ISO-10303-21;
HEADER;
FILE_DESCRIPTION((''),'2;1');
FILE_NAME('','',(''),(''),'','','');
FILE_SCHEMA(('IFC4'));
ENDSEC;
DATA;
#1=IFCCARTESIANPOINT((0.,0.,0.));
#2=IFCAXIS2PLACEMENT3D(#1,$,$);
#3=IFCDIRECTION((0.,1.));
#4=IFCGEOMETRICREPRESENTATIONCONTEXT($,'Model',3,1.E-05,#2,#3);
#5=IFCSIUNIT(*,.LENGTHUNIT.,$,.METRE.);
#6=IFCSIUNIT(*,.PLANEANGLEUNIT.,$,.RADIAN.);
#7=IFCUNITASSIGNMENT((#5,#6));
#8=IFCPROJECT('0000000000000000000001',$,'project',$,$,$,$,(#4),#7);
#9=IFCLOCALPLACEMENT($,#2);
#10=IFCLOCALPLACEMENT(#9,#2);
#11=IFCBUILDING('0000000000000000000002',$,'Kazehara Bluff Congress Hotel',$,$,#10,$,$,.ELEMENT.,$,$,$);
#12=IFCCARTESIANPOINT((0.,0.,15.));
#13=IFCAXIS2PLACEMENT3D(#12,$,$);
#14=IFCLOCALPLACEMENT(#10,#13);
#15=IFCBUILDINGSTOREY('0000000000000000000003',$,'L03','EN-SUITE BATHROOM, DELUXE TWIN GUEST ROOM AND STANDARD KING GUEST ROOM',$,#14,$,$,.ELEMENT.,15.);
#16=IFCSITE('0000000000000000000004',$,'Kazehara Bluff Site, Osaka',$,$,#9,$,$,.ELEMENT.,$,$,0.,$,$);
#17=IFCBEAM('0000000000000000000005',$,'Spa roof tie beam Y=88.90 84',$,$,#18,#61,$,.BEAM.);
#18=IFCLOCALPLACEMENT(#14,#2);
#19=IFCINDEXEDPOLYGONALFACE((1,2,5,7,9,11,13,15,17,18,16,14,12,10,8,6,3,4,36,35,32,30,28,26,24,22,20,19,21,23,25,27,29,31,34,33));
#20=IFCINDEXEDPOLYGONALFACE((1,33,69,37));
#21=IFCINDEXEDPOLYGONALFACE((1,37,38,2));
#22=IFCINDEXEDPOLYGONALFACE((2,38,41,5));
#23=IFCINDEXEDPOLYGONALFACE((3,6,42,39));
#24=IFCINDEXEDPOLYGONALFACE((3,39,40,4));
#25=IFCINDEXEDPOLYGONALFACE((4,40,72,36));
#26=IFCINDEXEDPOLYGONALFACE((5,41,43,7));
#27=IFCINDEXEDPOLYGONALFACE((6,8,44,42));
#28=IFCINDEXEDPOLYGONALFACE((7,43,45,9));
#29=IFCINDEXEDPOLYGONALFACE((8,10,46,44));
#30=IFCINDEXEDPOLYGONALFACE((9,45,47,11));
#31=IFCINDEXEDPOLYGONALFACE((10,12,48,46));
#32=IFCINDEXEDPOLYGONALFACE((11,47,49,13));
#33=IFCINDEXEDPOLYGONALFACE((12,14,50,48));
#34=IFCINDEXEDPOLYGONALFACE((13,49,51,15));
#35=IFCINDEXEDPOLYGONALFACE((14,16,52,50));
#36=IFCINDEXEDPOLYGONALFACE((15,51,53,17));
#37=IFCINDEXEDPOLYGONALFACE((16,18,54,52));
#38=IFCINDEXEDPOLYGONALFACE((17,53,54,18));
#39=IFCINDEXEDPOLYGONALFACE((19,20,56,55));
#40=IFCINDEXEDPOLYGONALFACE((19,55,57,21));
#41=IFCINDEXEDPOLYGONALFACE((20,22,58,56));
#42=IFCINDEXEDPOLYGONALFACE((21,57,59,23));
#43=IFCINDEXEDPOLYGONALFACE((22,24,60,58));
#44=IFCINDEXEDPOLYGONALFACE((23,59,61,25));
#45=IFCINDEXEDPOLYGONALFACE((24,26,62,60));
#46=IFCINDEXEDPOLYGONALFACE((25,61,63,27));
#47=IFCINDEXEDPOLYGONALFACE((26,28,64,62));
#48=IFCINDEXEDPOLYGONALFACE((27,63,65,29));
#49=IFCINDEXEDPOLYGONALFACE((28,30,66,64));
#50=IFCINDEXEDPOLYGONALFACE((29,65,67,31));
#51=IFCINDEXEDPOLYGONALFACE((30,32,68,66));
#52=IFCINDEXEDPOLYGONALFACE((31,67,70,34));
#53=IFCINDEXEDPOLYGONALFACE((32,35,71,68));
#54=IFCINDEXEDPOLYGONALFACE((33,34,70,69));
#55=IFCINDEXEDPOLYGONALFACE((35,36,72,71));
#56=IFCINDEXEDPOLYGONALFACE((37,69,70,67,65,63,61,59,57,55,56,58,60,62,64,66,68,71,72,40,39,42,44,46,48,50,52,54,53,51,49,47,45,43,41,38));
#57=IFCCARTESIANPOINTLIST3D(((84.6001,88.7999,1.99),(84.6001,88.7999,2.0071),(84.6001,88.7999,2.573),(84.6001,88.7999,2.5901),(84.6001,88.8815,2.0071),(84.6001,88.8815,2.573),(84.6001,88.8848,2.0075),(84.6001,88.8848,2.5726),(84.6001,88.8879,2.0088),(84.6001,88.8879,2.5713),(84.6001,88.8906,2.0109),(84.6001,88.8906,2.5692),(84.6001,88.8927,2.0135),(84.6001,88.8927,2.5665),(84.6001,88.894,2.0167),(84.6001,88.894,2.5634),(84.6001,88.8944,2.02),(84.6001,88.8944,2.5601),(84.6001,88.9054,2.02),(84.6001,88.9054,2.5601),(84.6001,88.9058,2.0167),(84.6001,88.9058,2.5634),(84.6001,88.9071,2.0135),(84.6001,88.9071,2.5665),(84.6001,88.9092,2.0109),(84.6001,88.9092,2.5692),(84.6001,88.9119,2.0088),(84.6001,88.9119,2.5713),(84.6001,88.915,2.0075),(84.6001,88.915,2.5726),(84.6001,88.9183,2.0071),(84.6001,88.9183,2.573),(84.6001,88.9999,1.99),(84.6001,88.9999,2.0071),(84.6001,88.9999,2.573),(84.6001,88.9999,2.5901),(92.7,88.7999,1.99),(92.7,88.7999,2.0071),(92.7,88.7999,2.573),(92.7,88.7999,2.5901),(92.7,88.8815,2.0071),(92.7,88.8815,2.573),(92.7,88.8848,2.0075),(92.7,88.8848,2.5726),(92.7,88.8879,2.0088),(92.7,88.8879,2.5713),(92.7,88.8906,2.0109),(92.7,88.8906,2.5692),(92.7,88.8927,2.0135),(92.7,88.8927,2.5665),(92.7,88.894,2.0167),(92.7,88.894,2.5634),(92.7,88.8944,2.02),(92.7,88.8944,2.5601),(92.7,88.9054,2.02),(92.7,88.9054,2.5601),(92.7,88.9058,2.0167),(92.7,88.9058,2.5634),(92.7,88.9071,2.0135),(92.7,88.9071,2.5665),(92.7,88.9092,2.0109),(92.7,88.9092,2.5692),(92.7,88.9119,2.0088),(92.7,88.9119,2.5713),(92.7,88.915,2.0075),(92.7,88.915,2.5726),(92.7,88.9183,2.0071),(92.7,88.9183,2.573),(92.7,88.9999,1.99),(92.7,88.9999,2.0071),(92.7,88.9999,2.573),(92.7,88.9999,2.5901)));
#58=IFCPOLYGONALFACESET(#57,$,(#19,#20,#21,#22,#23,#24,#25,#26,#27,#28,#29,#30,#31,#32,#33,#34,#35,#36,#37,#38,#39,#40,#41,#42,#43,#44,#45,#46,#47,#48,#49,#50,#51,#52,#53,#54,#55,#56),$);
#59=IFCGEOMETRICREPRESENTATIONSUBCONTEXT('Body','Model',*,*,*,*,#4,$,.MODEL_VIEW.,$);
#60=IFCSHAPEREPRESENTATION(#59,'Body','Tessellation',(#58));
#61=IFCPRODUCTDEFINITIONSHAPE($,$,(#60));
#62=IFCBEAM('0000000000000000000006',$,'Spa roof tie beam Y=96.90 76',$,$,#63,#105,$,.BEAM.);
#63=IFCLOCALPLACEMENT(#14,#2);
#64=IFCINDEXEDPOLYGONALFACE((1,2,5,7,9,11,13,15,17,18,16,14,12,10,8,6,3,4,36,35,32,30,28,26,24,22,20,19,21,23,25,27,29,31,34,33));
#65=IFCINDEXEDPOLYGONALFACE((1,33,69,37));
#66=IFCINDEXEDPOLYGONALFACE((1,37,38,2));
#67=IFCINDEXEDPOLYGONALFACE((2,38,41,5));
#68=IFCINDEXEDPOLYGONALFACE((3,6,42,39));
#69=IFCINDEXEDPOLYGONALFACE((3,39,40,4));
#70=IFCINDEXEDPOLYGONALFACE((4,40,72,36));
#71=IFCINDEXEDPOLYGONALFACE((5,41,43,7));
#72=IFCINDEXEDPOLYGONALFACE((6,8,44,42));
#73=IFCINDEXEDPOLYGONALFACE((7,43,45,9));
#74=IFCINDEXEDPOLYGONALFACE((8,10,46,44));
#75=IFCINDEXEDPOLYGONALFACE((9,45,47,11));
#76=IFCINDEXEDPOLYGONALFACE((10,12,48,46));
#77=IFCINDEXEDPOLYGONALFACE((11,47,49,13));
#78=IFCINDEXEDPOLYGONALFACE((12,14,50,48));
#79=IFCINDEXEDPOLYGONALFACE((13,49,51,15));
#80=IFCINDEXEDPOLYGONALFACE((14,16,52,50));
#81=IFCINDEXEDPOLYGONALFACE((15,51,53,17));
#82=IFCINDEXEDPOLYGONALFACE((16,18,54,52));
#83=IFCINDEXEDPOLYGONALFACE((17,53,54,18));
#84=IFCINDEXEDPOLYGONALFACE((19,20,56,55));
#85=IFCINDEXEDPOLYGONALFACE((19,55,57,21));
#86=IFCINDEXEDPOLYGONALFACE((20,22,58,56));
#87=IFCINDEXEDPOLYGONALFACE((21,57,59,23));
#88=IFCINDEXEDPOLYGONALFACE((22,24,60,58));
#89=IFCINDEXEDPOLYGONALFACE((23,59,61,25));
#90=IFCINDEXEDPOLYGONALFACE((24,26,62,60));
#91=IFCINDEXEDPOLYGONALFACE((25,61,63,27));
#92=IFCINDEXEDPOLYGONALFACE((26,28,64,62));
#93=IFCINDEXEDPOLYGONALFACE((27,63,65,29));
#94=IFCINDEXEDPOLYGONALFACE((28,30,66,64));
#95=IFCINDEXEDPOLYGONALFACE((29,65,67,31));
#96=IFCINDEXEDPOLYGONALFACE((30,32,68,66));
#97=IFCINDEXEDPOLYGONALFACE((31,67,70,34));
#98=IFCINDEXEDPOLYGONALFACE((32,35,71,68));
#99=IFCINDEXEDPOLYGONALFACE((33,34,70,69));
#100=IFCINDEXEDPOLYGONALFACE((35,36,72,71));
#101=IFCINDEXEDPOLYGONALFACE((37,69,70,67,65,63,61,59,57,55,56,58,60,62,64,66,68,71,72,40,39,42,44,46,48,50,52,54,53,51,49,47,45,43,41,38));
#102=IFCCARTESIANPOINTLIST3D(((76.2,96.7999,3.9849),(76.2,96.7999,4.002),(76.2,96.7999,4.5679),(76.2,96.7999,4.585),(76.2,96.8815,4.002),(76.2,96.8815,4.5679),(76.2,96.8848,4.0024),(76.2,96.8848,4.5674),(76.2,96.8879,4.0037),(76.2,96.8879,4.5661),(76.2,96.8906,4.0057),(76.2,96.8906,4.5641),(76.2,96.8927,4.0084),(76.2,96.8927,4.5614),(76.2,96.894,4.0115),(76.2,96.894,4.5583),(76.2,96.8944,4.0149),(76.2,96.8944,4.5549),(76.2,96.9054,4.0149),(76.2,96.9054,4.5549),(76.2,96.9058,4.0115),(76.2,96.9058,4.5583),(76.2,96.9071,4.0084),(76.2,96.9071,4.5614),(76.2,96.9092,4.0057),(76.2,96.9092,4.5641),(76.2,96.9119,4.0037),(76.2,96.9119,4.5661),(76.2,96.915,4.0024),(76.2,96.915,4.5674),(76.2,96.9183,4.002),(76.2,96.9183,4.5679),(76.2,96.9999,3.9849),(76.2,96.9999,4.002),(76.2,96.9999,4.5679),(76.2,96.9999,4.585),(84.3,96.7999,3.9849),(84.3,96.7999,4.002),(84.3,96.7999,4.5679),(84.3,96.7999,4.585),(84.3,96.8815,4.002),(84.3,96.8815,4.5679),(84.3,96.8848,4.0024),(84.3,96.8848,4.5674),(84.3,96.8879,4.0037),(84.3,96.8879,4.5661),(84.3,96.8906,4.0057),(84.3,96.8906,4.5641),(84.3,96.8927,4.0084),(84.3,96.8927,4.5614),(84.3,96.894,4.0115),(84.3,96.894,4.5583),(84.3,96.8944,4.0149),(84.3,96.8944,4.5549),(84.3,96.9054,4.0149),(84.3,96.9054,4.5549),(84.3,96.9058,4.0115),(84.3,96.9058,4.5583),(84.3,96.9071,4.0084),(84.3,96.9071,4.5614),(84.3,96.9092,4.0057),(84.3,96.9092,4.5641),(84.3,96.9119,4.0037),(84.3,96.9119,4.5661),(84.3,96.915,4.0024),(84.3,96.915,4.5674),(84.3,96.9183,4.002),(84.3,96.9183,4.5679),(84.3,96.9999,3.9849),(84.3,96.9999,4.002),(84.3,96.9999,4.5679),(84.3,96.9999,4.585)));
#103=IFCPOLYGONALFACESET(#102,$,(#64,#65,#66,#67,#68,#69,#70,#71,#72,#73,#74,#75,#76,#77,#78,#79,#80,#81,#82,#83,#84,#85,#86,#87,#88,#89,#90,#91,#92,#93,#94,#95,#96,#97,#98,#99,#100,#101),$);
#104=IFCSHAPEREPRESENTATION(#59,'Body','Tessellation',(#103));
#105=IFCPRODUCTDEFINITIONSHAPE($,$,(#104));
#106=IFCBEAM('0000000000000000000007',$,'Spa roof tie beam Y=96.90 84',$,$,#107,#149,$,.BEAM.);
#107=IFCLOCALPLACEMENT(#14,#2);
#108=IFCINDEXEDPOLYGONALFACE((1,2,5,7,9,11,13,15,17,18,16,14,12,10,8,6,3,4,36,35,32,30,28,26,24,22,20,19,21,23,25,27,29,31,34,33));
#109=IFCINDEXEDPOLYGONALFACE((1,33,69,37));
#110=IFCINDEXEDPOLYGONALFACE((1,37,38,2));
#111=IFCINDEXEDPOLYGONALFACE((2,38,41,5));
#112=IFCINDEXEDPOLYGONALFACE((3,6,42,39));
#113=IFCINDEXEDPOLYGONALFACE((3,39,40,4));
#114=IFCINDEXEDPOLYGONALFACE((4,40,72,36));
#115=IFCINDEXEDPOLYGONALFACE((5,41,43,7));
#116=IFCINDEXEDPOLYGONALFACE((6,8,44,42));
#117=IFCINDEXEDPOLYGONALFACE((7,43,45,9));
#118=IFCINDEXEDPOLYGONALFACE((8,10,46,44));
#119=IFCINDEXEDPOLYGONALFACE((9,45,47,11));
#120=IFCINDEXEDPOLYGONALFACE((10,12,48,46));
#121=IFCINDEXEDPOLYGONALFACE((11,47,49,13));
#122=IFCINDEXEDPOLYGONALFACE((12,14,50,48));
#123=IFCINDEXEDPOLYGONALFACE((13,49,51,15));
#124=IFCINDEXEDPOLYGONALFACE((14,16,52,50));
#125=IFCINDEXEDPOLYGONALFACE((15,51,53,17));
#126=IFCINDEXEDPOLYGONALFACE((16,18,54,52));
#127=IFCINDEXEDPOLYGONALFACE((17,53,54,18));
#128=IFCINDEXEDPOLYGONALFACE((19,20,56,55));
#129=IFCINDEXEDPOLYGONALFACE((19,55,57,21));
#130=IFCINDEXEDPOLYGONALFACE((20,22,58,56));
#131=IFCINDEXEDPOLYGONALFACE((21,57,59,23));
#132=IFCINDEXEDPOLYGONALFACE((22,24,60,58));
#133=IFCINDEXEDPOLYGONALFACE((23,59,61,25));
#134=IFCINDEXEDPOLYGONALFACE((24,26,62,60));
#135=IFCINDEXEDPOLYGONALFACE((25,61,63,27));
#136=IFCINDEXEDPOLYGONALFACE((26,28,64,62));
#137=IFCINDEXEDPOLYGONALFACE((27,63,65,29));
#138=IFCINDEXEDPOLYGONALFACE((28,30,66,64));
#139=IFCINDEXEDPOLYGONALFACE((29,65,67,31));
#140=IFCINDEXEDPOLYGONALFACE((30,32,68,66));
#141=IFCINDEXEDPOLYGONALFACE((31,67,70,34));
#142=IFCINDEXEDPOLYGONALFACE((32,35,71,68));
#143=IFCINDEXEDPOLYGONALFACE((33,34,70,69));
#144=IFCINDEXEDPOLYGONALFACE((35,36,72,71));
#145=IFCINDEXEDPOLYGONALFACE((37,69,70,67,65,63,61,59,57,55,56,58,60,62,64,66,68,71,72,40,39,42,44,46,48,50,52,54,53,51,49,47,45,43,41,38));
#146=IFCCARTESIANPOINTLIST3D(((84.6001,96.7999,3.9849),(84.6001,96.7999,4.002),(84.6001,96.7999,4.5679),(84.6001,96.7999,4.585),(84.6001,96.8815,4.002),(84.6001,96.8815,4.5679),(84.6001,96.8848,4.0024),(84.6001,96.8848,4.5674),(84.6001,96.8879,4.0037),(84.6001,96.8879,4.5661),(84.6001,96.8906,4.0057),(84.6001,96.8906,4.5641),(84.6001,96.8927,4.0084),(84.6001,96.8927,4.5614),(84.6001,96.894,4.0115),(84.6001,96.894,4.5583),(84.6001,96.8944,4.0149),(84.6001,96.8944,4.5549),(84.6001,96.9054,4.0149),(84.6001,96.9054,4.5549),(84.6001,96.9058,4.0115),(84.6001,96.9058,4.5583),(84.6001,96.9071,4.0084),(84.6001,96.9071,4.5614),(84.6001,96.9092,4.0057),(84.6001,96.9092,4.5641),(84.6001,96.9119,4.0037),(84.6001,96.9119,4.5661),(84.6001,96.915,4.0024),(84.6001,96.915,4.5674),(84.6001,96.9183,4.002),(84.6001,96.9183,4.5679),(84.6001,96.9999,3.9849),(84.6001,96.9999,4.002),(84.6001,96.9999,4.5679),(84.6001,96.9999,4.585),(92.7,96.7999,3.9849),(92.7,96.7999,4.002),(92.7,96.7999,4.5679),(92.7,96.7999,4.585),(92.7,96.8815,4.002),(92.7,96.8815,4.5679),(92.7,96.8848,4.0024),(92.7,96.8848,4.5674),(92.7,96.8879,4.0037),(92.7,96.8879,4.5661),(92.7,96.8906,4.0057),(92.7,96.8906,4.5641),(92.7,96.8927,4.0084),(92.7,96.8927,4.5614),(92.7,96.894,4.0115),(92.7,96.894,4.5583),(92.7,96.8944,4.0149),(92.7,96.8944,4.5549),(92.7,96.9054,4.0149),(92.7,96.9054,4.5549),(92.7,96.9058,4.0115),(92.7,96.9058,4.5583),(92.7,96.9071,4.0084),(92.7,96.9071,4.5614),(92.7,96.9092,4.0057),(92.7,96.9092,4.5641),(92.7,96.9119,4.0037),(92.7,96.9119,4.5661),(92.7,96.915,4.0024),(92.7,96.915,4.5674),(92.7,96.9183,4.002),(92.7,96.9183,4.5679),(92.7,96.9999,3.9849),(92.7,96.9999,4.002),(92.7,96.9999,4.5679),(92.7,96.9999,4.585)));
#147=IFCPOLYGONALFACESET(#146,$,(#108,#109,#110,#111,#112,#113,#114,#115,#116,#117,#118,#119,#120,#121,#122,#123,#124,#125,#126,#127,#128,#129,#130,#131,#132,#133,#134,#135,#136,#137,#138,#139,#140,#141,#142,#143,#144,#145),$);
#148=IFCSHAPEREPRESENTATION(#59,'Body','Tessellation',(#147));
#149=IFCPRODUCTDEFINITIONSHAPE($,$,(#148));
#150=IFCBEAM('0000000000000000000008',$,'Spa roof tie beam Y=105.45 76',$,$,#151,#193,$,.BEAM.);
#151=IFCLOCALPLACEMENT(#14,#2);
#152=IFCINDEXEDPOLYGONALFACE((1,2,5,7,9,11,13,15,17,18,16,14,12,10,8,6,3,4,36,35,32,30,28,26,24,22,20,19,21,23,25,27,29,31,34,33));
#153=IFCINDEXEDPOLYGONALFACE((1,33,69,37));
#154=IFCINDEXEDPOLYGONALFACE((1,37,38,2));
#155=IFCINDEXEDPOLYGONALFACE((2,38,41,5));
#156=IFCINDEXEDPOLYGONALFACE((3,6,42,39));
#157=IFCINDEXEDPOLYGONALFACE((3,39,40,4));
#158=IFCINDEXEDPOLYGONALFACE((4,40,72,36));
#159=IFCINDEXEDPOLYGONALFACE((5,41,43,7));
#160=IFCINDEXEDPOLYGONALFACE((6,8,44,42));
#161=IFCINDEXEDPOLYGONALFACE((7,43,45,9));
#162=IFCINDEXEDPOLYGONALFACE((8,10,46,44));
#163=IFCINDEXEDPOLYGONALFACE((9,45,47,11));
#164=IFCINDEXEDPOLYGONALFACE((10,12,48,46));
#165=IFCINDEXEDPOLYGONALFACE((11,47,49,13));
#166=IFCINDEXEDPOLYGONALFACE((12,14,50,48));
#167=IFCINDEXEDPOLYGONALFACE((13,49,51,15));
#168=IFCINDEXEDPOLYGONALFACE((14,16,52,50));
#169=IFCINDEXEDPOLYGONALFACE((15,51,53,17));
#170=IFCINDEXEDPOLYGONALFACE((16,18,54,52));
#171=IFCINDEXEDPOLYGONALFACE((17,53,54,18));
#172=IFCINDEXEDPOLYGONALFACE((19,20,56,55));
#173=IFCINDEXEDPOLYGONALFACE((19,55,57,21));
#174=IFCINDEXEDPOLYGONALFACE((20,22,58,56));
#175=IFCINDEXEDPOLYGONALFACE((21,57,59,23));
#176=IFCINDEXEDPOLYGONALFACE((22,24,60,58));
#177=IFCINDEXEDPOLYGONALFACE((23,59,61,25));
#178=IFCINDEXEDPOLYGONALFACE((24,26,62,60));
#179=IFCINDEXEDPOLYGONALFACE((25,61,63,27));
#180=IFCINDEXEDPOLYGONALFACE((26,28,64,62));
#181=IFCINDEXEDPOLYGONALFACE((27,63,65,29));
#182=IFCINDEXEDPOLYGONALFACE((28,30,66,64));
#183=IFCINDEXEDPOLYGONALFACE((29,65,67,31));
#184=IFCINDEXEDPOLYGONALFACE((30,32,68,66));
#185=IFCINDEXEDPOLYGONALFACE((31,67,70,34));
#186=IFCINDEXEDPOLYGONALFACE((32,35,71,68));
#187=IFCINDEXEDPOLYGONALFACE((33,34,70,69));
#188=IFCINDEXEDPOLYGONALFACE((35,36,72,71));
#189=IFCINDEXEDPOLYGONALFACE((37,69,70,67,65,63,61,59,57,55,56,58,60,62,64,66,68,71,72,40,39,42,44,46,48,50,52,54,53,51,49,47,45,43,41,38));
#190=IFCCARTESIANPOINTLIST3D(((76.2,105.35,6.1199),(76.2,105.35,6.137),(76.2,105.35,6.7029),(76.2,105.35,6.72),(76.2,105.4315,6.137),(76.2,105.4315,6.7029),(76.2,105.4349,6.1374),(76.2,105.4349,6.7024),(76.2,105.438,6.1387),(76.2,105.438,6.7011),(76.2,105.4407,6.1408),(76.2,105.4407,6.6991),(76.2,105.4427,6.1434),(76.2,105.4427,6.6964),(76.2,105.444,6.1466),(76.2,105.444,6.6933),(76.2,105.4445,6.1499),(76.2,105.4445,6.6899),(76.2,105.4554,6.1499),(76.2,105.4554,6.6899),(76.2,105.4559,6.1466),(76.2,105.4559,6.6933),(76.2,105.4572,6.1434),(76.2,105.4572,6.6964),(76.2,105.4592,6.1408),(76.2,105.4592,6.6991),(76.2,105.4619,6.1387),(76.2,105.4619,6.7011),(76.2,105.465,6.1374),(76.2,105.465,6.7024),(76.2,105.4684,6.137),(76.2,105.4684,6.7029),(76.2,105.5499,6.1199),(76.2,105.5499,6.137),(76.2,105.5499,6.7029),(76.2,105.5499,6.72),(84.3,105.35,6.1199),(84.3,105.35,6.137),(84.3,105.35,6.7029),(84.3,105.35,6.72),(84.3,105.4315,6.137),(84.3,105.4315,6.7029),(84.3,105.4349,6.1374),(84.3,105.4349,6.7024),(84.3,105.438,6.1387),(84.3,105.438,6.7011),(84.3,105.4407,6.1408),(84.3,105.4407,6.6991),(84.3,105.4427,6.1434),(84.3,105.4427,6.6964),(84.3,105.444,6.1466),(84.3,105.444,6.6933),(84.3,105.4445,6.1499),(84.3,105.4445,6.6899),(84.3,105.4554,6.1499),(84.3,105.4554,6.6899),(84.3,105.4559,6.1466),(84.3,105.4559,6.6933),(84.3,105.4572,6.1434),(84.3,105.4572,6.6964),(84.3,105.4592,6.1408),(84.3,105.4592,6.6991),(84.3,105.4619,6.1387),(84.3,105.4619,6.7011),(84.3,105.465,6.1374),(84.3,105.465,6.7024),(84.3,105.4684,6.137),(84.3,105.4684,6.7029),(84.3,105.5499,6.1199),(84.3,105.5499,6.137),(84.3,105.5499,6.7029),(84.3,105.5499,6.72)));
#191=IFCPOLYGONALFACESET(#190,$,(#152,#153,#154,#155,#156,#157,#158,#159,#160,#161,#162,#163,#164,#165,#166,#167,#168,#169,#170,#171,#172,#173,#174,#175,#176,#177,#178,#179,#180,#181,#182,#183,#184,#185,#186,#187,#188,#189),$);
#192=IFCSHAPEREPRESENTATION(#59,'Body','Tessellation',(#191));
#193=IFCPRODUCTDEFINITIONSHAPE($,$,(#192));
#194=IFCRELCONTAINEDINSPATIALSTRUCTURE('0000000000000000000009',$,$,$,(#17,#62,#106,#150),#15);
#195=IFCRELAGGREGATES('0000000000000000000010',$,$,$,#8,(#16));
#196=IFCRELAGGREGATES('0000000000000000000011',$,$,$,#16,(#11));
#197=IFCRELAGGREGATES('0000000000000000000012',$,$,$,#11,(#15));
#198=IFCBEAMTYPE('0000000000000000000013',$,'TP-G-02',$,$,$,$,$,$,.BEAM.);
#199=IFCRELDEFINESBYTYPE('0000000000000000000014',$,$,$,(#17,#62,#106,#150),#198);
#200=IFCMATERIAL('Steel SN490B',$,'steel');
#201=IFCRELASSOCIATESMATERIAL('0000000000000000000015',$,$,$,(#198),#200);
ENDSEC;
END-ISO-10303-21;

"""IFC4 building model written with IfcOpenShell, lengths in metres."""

from ifc_helpers import new_model, si_unit, direction, frame, origin, origin_2d, place, context, subcontext, project, spatial, i_section, extrude, material, material_profile, profile_set, type_object, element, save


model = new_model("IFC4")

# Units and contexts
model_context = context("Model", 3, precision=1e-05, world=origin(), true_north=direction((0.0, 1.0)))
body_context = subcontext(model_context, "Body", "Model", "MODEL_VIEW")
ifc_project = project(units=[si_unit("LENGTHUNIT", "METRE"), si_unit("PLANEANGLEUNIT", "RADIAN")], contexts=[model_context])

# Site, building, storey
site_placement = place(None, origin())
site = spatial("IfcSite", under=ifc_project, at=site_placement, Name="Kazehara Bluff Site, Osaka", CompositionType="ELEMENT", RefElevation=0.0)
building_placement = place(site_placement, origin())
building = spatial("IfcBuilding", under=site, at=building_placement, Name="Kazehara Bluff Congress Hotel", CompositionType="ELEMENT")
storey_placement = place(building_placement, frame((0.0, 0.0, 15.0)))
storey = spatial("IfcBuildingStorey", under=building, at=storey_placement, Name="L03", Description="EN-SUITE BATHROOM, DELUXE TWIN GUEST ROOM AND STANDARD KING GUEST ROOM", CompositionType="ELEMENT", Elevation=15.0)

# Beams
ifc_material_1 = material(Name="Steel SN490B", Category="steel")
ifc_material_profile_1 = material_profile(ifc_material_1, i_section(OverallWidth=0.2, OverallDepth=0.6001, WebThickness=0.011, FlangeThickness=0.0171, FilletRadius=0.0129, at=origin_2d()))
ifc_profile_set_1 = profile_set([ifc_material_profile_1], Name="Steel SN490B")
beam_type_1 = type_object("IfcBeamType", Name="TP-G-02", PredefinedType="BEAM", material=ifc_profile_set_1)
beam_1_placement = place(storey_placement, frame((84.6001, 88.8999, 2.29), z_axis=(1.0, 0.0, 0.0), x_axis=(0.0, 1.0, 0.0)))
element("IfcBeam", 1, at=beam_1_placement, inside=storey, type_object=beam_type_1, Name="Spa roof tie beam Y=88.90 84", PredefinedType="BEAM", context=body_context, shape_type="SweptSolid", body=[
    extrude(i_section(OverallWidth=0.2, OverallDepth=0.6001, WebThickness=0.011, FlangeThickness=0.0171, FilletRadius=0.0129, at=origin_2d()), origin(), (0.0, 0.0, 1.0), 8.0999),
])
beam_2_placement = place(storey_placement, frame((76.2, 96.8999, 4.2849), z_axis=(1.0, 0.0, 0.0), x_axis=(0.0, 1.0, 0.0)))
element("IfcBeam", 2, at=beam_2_placement, inside=storey, type_object=beam_type_1, Name="Spa roof tie beam Y=96.90 76", PredefinedType="BEAM", context=body_context, shape_type="SweptSolid", body=[
    extrude(i_section(OverallWidth=0.2, OverallDepth=0.6001, WebThickness=0.011, FlangeThickness=0.0171, FilletRadius=0.0129, at=origin_2d()), origin(), (0.0, 0.0, 1.0), 8.1001),
])
beam_3_placement = place(storey_placement, frame((84.6001, 96.8999, 4.2849), z_axis=(1.0, 0.0, 0.0), x_axis=(0.0, 1.0, 0.0)))
element("IfcBeam", 3, at=beam_3_placement, inside=storey, type_object=beam_type_1, Name="Spa roof tie beam Y=96.90 84", PredefinedType="BEAM", context=body_context, shape_type="SweptSolid", body=[
    extrude(i_section(OverallWidth=0.2, OverallDepth=0.6001, WebThickness=0.011, FlangeThickness=0.0171, FilletRadius=0.0129, at=origin_2d()), origin(), (0.0, 0.0, 1.0), 8.0999),
])
beam_4_placement = place(storey_placement, frame((76.2, 105.45, 6.4199), z_axis=(1.0, 0.0, 0.0), x_axis=(0.0, 1.0, 0.0)))
element("IfcBeam", 4, at=beam_4_placement, inside=storey, type_object=beam_type_1, Name="Spa roof tie beam Y=105.45 76", PredefinedType="BEAM", context=body_context, shape_type="SweptSolid", body=[
    extrude(i_section(OverallWidth=0.2, OverallDepth=0.6001, WebThickness=0.011, FlangeThickness=0.0171, FilletRadius=0.0129, at=origin_2d()), origin(), (0.0, 0.0, 1.0), 8.1001),
])

save(model, "model.ifc")
